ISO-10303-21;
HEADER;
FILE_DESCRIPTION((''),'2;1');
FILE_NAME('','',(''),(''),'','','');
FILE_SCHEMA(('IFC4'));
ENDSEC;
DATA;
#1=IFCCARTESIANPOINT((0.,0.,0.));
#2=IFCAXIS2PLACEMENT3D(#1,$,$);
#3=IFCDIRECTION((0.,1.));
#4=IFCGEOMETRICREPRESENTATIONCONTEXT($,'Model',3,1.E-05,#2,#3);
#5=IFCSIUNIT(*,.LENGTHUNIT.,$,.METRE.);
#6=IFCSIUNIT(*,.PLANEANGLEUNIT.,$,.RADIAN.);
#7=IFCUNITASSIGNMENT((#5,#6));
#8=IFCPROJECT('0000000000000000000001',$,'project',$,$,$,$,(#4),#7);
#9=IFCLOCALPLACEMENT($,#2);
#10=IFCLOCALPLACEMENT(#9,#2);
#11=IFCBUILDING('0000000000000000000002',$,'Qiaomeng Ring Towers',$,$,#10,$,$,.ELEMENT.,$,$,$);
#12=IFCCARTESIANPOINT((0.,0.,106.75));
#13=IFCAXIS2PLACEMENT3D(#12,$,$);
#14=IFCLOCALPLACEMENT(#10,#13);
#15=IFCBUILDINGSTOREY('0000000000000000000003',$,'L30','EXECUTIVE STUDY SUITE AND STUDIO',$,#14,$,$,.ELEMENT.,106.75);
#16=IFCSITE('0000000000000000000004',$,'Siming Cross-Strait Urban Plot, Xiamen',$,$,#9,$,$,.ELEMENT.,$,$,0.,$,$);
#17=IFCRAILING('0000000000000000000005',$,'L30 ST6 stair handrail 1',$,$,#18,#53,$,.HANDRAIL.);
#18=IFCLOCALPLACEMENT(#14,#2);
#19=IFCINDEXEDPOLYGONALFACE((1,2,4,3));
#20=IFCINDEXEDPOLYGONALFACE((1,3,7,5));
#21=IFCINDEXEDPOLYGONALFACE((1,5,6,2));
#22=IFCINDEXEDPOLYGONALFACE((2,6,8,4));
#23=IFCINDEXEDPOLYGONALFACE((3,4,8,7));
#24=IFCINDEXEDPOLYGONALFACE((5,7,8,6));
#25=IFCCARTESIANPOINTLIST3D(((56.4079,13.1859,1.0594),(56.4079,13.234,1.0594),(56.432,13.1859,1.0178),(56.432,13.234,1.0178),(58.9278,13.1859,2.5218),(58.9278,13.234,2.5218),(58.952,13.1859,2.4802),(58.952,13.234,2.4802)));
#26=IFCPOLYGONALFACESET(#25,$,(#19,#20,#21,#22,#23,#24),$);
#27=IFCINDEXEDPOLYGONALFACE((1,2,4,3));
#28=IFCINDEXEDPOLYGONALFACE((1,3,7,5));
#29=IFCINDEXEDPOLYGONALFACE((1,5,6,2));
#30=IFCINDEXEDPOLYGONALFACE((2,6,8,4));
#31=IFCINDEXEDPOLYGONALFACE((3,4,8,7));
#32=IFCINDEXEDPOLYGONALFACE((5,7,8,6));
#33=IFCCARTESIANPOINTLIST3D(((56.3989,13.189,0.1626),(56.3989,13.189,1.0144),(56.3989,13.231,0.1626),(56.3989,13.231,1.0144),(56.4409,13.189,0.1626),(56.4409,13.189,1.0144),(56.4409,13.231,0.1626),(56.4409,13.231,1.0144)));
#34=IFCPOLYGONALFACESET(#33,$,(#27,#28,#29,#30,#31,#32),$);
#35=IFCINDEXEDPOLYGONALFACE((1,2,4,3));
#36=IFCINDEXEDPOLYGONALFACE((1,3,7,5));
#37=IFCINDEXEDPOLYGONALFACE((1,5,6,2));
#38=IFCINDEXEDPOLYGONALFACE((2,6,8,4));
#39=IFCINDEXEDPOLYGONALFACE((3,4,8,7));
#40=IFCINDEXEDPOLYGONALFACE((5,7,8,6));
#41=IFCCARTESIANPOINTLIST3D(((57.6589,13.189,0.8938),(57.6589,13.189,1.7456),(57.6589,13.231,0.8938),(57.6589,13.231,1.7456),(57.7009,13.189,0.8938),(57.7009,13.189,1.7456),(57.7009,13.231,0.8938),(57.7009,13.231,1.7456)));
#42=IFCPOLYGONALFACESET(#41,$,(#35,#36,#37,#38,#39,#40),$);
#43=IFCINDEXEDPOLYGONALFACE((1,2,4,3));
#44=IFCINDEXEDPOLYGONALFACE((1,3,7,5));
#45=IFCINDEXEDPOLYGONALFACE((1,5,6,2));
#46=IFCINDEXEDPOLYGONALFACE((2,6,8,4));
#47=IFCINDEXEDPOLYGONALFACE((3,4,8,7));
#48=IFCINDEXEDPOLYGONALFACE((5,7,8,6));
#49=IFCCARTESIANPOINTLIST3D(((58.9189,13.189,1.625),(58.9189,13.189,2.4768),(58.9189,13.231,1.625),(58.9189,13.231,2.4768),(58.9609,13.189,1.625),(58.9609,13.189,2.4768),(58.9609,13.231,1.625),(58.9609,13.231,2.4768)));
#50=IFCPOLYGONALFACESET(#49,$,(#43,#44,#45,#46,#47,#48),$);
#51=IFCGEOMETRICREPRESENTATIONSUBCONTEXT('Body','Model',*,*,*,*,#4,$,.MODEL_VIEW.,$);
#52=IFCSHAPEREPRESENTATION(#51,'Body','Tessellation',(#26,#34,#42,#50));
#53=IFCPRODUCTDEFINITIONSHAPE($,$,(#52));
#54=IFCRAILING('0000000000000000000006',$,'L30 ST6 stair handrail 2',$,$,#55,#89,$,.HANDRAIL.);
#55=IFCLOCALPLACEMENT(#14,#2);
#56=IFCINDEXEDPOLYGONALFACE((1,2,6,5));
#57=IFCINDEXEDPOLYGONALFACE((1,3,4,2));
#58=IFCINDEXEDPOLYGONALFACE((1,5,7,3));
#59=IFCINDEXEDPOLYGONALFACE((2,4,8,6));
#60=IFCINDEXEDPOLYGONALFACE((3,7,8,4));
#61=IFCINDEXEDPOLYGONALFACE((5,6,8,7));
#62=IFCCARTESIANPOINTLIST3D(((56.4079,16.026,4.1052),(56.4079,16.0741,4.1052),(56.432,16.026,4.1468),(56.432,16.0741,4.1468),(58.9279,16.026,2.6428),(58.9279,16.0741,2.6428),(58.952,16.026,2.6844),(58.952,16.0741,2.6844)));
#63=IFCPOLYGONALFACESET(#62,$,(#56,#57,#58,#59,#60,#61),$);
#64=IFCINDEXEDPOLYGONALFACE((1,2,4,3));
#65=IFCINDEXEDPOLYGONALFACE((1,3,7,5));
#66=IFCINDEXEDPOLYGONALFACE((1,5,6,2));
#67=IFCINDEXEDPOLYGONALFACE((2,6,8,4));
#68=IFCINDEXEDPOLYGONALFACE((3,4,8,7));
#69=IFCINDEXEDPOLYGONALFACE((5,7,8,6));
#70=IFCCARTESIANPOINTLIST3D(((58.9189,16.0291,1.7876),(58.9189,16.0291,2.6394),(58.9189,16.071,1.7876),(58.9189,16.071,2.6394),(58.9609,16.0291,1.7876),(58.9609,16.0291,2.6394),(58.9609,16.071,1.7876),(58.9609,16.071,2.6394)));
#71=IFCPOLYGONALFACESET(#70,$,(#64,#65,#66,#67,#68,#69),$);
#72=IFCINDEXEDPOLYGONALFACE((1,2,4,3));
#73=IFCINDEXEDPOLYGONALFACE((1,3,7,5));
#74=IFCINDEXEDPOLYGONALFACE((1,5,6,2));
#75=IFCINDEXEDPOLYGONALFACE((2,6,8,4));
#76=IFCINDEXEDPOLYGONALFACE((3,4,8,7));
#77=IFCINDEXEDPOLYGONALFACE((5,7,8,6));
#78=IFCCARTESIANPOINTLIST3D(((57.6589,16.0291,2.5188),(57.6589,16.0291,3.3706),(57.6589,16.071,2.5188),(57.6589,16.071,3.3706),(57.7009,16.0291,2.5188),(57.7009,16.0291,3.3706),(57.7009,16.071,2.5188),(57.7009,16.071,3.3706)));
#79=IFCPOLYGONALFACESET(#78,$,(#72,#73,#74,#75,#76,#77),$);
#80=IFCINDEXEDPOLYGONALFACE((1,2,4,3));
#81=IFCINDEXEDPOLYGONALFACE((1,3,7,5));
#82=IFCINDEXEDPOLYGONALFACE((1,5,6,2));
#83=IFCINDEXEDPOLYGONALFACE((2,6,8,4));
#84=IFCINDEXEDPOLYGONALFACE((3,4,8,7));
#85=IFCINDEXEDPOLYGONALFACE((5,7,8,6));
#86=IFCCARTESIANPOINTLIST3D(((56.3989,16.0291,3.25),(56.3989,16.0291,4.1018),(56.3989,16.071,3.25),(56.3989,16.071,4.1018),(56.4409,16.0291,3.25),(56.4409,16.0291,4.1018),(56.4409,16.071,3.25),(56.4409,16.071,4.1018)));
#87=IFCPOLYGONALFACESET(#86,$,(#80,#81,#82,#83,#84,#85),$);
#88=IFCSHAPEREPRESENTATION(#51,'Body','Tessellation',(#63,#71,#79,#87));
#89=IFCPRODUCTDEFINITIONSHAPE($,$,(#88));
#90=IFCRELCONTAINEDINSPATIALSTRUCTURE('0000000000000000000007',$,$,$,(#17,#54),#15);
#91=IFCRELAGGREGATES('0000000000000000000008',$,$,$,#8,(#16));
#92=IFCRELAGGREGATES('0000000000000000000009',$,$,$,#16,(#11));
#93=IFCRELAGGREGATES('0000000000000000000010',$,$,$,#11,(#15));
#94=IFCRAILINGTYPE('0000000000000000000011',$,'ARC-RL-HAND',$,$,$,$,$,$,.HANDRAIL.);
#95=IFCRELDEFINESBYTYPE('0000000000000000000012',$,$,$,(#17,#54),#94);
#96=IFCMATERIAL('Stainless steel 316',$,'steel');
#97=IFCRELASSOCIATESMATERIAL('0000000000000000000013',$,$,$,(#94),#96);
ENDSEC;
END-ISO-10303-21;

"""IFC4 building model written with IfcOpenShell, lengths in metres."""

from ifc_helpers import new_model, si_unit, direction, frame, origin, origin_2d, place, context, subcontext, project, spatial, rectangle, extrude, material, type_object, element, save


model = new_model("IFC4")

# Units and contexts
model_context = context("Model", 3, precision=1e-05, world=origin(), true_north=direction((0.0, 1.0)))
body_context = subcontext(model_context, "Body", "Model", "MODEL_VIEW")
ifc_project = project(units=[si_unit("LENGTHUNIT", "METRE"), si_unit("PLANEANGLEUNIT", "RADIAN")], contexts=[model_context])

# Site, building, storey
site_placement = place(None, origin())
site = spatial("IfcSite", under=ifc_project, at=site_placement, Name="Siming Cross-Strait Urban Plot, Xiamen", CompositionType="ELEMENT", RefElevation=0.0)
building_placement = place(site_placement, origin())
building = spatial("IfcBuilding", under=site, at=building_placement, Name="Qiaomeng Ring Towers", CompositionType="ELEMENT")
storey_placement = place(building_placement, frame((0.0, 0.0, 106.75)))
storey = spatial("IfcBuildingStorey", under=building, at=storey_placement, Name="L30", Description="EXECUTIVE STUDY SUITE AND STUDIO", CompositionType="ELEMENT", Elevation=106.75)

# Shared definitions
ifc_material_1 = material(Name="Stainless steel 316", Category="steel")

# Railings
railing_type_1 = type_object("IfcRailingType", Name="ARC-RL-HAND", PredefinedType="HANDRAIL", material=ifc_material_1)
railing_1_placement = place(storey_placement, frame((56.4199, 13.21, 0.1626)))
element("IfcRailing", 1, at=railing_1_placement, inside=storey, type_object=railing_type_1, Name="L30 ST6 stair handrail 1", PredefinedType="HANDRAIL", context=body_context, shape_type="SweptSolid", body=[
    extrude(rectangle(XDim=0.0481, YDim=0.0481, at=origin_2d()), frame((0.0, 0.0, 0.876), z_axis=(0.864913, 0.0, 0.501921), x_axis=(0.0, 1.0, 0.0)), (0.0, 0.0, 1.0), 2.9136),
    extrude(rectangle(XDim=0.042, YDim=0.042, at=origin_2d()), origin(), (0.0, 0.0, 1.0), 0.8518),
    extrude(rectangle(XDim=0.042, YDim=0.042, at=origin_2d()), frame((1.26, 0.0, 0.7312)), (0.0, 0.0, 1.0), 0.8518),
    extrude(rectangle(XDim=0.042, YDim=0.042, at=origin_2d()), frame((2.52, 0.0, 1.4624)), (0.0, 0.0, 1.0), 0.8518),
])
railing_2_placement = place(storey_placement, frame((58.9399, 16.05, 1.7876)))
element("IfcRailing", 2, at=railing_2_placement, inside=storey, type_object=railing_type_1, Name="L30 ST6 stair handrail 2", PredefinedType="HANDRAIL", context=body_context, shape_type="SweptSolid", body=[
    extrude(rectangle(XDim=0.0481, YDim=0.0481, at=origin_2d()), frame((0.0, 0.0, 0.876), z_axis=(-0.864913, 0.0, 0.501921), x_axis=(0.0, -1.0, 0.0)), (0.0, 0.0, 1.0), 2.9136),
    extrude(rectangle(XDim=0.042, YDim=0.042, at=origin_2d()), origin(), (0.0, 0.0, 1.0), 0.8518),
    extrude(rectangle(XDim=0.042, YDim=0.042, at=origin_2d()), frame((-1.26, 0.0, 0.7312)), (0.0, 0.0, 1.0), 0.8518),
    extrude(rectangle(XDim=0.042, YDim=0.042, at=origin_2d()), frame((-2.52, 0.0, 1.4624)), (0.0, 0.0, 1.0), 0.8518),
])

save(model, "model.ifc")
